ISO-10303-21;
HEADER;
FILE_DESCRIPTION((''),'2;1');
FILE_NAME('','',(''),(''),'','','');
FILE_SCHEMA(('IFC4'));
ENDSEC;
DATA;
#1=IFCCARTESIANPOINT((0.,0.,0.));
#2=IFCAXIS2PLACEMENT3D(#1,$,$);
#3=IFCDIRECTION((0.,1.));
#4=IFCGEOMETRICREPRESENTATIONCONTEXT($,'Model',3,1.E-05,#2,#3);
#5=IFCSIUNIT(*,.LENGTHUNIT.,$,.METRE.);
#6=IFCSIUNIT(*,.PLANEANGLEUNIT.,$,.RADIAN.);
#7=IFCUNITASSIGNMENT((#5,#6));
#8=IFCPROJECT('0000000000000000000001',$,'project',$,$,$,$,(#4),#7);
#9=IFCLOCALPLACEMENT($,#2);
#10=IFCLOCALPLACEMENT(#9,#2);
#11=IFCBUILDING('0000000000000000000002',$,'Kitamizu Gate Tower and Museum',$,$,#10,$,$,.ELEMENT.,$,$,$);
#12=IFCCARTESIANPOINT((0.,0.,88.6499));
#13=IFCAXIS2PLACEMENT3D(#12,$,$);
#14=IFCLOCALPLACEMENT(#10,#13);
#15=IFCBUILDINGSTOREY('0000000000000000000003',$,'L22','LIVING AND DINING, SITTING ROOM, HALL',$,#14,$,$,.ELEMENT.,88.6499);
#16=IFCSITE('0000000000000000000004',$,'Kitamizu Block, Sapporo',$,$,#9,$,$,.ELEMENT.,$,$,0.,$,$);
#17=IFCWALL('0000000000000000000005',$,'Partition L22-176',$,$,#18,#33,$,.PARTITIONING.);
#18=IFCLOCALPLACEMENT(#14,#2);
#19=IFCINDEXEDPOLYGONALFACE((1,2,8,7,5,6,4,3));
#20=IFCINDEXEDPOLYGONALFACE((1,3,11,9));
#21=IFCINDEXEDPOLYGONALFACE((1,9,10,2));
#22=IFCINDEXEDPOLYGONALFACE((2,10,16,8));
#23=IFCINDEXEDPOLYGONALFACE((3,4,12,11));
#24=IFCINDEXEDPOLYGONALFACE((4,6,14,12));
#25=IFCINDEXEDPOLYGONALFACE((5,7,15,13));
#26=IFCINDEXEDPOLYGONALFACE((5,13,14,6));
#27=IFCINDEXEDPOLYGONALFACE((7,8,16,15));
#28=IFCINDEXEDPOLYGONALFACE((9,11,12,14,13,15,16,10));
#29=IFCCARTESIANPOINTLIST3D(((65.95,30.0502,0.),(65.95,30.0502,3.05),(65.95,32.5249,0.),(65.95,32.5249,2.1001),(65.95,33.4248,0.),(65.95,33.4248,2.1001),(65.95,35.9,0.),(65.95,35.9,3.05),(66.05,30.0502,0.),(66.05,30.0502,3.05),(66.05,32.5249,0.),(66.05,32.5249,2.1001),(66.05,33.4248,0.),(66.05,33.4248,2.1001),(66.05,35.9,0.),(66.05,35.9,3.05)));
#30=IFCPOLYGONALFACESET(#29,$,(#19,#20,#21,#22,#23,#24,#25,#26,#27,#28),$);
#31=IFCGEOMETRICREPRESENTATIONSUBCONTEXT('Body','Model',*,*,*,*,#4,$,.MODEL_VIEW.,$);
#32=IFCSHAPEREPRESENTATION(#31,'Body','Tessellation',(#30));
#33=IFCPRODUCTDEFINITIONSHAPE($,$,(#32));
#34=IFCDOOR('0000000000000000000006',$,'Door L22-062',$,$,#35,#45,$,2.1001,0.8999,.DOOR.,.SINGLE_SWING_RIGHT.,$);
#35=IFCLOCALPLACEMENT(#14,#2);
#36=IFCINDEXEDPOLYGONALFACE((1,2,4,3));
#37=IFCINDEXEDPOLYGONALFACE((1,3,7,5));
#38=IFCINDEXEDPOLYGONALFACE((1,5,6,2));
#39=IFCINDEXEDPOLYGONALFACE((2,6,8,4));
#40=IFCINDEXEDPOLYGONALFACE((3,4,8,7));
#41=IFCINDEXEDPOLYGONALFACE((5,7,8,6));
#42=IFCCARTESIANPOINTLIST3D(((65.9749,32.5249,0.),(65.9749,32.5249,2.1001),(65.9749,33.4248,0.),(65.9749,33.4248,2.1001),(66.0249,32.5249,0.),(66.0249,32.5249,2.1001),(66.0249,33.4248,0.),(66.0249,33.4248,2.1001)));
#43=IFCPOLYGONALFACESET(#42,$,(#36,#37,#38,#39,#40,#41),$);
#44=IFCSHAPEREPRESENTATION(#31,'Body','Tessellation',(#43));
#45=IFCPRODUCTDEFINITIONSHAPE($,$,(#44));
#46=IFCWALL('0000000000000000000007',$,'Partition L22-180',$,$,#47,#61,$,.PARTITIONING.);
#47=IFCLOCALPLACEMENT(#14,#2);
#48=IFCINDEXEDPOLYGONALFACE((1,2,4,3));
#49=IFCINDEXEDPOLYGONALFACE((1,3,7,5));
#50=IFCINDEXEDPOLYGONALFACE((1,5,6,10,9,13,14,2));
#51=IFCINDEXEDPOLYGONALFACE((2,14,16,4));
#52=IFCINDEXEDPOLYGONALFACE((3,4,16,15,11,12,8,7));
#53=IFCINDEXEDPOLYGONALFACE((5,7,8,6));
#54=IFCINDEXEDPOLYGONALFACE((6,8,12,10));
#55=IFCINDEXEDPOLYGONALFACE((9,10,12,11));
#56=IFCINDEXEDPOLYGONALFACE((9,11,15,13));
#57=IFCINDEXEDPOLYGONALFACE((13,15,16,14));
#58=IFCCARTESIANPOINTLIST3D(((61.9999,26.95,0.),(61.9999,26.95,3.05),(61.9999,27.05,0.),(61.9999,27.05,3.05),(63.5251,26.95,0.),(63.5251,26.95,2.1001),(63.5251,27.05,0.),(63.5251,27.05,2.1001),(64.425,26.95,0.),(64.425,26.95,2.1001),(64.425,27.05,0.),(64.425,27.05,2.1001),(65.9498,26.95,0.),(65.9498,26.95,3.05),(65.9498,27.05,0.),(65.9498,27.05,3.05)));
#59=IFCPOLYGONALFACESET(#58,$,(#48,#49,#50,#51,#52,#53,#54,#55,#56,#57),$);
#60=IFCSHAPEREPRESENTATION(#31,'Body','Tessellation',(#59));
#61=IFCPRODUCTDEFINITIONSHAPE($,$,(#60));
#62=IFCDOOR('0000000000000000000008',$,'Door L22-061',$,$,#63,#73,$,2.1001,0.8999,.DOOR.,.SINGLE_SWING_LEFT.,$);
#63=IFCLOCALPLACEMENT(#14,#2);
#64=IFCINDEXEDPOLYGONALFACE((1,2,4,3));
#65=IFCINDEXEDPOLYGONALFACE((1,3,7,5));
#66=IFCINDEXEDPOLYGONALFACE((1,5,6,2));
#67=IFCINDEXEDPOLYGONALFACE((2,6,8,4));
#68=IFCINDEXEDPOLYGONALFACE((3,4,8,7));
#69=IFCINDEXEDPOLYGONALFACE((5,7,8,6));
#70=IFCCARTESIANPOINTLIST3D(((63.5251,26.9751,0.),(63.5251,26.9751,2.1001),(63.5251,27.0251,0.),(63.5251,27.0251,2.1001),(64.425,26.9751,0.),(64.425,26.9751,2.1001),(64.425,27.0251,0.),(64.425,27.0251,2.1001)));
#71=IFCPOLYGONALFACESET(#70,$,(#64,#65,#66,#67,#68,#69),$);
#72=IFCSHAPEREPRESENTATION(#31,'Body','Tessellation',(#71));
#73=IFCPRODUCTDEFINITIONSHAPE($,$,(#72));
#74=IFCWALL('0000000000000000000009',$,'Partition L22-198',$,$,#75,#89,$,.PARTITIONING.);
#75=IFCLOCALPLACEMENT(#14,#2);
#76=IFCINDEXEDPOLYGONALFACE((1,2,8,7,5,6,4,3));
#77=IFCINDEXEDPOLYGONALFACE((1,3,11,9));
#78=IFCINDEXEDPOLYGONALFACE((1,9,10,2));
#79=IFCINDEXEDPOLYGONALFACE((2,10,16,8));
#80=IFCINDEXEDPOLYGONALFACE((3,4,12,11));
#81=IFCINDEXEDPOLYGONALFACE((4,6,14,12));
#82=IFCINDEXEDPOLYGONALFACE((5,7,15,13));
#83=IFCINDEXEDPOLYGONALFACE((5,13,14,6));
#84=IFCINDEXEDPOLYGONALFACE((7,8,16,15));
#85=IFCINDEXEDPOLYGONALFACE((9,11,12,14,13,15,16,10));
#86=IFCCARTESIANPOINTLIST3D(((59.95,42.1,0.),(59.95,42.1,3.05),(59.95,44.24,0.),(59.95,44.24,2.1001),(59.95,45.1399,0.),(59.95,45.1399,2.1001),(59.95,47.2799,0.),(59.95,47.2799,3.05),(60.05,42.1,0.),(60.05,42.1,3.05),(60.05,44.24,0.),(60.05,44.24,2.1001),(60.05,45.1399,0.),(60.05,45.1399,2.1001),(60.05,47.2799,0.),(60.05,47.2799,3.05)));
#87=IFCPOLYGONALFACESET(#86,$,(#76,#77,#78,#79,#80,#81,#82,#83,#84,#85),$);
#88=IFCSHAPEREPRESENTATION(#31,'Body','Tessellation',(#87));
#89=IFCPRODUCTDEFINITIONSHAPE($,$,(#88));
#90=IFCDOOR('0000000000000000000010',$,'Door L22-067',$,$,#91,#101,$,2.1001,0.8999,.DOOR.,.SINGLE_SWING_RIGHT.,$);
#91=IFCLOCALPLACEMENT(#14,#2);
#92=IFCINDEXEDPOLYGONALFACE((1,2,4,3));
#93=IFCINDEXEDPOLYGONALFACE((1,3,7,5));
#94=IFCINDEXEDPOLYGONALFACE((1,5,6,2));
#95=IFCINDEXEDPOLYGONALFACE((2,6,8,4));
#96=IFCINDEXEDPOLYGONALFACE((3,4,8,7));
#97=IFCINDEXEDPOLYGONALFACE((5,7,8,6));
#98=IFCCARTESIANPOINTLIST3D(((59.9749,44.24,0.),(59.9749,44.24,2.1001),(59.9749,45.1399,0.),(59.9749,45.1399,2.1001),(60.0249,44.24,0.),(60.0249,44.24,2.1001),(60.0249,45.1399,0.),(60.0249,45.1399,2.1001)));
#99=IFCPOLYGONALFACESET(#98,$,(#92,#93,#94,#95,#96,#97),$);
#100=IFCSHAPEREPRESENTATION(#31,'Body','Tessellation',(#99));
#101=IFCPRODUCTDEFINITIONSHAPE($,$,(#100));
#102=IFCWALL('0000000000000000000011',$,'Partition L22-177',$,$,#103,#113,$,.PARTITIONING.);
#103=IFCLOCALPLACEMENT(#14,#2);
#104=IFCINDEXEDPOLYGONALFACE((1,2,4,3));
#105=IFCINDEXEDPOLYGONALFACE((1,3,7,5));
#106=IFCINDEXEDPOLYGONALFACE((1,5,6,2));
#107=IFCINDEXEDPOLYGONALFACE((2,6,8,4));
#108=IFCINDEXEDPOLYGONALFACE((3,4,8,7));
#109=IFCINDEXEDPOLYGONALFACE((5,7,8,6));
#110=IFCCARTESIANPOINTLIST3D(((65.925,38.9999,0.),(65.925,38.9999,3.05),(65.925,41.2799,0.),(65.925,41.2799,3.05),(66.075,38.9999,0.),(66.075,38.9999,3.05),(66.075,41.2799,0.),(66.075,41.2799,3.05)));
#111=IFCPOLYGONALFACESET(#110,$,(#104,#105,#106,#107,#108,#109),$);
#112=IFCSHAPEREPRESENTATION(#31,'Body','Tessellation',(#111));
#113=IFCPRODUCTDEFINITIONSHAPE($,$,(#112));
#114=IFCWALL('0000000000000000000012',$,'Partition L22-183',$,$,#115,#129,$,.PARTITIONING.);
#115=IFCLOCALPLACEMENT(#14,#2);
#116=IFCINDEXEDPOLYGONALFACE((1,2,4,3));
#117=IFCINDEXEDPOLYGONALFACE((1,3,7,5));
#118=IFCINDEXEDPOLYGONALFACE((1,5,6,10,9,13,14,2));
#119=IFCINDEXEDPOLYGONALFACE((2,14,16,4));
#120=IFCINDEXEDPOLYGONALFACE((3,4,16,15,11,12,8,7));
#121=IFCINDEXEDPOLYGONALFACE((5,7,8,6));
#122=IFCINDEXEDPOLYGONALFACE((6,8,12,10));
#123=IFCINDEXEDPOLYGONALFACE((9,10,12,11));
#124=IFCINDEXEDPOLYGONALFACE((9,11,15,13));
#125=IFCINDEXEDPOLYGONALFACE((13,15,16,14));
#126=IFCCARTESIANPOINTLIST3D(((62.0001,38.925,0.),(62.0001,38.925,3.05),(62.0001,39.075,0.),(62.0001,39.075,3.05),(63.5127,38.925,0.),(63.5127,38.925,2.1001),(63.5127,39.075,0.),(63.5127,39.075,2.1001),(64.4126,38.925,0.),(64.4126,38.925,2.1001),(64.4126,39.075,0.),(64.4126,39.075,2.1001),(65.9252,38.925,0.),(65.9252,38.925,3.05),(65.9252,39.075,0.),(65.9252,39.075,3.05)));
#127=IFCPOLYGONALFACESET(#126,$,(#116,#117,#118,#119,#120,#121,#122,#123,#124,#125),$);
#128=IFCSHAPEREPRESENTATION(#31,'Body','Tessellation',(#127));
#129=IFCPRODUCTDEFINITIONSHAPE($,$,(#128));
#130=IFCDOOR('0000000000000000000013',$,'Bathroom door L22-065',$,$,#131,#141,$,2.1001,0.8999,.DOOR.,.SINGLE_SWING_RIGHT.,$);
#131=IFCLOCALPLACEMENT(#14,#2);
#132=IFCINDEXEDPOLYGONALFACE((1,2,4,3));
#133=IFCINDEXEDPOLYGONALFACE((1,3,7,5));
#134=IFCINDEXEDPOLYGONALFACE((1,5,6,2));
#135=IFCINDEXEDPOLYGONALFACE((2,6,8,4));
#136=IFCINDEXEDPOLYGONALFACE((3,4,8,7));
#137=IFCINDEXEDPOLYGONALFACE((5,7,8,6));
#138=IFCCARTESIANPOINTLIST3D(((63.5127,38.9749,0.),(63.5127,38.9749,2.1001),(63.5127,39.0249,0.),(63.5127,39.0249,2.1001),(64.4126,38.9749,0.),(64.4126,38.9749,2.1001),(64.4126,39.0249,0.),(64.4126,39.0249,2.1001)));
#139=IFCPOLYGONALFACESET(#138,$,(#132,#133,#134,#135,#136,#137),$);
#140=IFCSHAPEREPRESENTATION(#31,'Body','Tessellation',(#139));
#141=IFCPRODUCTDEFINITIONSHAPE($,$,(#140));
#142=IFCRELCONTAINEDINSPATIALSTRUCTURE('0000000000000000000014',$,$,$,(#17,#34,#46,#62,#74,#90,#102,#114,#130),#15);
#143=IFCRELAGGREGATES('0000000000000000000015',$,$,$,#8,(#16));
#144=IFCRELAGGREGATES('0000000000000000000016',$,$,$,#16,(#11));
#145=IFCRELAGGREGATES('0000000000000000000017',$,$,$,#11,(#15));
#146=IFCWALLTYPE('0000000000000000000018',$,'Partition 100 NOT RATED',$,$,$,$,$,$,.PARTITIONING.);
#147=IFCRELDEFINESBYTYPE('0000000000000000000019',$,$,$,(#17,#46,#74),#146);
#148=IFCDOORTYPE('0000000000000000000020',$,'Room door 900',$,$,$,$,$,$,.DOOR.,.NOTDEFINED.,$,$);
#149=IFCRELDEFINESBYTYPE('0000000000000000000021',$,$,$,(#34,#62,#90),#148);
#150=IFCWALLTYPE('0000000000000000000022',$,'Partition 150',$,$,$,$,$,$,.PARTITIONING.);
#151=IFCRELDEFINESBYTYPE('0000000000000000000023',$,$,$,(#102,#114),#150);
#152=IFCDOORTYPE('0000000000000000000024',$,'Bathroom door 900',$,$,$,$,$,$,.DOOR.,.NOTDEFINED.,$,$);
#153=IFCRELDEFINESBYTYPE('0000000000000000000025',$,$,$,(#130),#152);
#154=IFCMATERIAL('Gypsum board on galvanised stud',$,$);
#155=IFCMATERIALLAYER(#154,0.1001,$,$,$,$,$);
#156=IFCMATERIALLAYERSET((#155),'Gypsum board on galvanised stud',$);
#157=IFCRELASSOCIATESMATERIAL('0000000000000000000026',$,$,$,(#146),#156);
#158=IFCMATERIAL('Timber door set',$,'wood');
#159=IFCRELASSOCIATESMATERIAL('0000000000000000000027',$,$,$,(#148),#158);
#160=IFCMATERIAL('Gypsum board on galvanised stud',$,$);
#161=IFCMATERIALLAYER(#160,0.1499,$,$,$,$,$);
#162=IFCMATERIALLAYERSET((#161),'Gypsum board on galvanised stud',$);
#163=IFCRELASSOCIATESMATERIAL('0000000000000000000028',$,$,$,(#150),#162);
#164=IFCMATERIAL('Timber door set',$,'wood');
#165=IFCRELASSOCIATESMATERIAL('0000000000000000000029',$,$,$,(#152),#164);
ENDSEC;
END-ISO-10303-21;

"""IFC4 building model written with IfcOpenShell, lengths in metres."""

from ifc_helpers import new_model, si_unit, direction, frame, frame_2d, origin, place, context, subcontext, project, spatial, rectangle, extrude, material, layer, layer_set, type_object, element, fill, save


model = new_model("IFC4")

# Units and contexts
model_context = context("Model", 3, precision=1e-05, world=origin(), true_north=direction((0.0, 1.0)))
body_context = subcontext(model_context, "Body", "Model", "MODEL_VIEW")
ifc_project = project(units=[si_unit("LENGTHUNIT", "METRE"), si_unit("PLANEANGLEUNIT", "RADIAN")], contexts=[model_context])

# Site, building, storey
site_placement = place(None, origin())
site = spatial("IfcSite", under=ifc_project, at=site_placement, Name="Kitamizu Block, Sapporo", CompositionType="ELEMENT", RefElevation=0.0)
building_placement = place(site_placement, origin())
building = spatial("IfcBuilding", under=site, at=building_placement, Name="Kitamizu Gate Tower and Museum", CompositionType="ELEMENT")
storey_placement = place(building_placement, frame((0.0, 0.0, 88.6499)))
storey = spatial("IfcBuildingStorey", under=building, at=storey_placement, Name="L22", Description="LIVING AND DINING, SITTING ROOM, HALL", CompositionType="ELEMENT", Elevation=88.6499)

# Shared definitions
ifc_material_1 = material(Name="Gypsum board on galvanised stud")
ifc_layer_1 = layer(ifc_material_1, 0.1001)
ifc_layer_set_1 = layer_set([ifc_layer_1], Name="Gypsum board on galvanised stud")
wall_type_1 = type_object("IfcWallType", Name="Partition 100 NOT RATED", PredefinedType="PARTITIONING", material=ifc_layer_set_1)

# Walls, openings, doors
wall_1_placement = place(storey_placement, frame((66.0, 35.8999, 0.0), z_axis=(0.0, 0.0, 1.0), x_axis=(0.0, -1.0, 0.0)))
wall_1 = element("IfcWall", 1, at=wall_1_placement, inside=storey, type_object=wall_type_1, Name="Partition L22-176", PredefinedType="PARTITIONING", context=body_context, shape_type="SweptSolid", body=[
    extrude(rectangle(XDim=5.8499, YDim=0.1001, at=frame_2d((2.9248, 0.0))), origin(), (0.0, 0.0, 1.0), 3.05),
])
opening_1_placement = place(wall_1_placement, frame((2.4751, 0.0, 0.0)))
opening_1 = element("IfcOpeningElement", 2, at=opening_1_placement, cuts=wall_1, PredefinedType="OPENING", context=body_context, shape_type="SweptSolid", body=[
    extrude(rectangle(XDim=0.8999, YDim=2.1001, at=frame_2d((0.45, 1.05))), frame((0.0, 0.0601, 0.0), z_axis=(0.0, -1.0, 0.0), x_axis=(1.0, 0.0, 0.0)), (0.0, 0.0, 1.0), 0.1201),
])
ifc_material_2 = material(Name="Timber door set", Category="wood")
door_type_1 = type_object("IfcDoorType", Name="Room door 900", OperationType="NOTDEFINED", PredefinedType="DOOR", material=ifc_material_2)
door_1_placement = place(opening_1_placement, origin())
door_1 = element("IfcDoor", 3, at=door_1_placement, inside=storey, type_object=door_type_1, Name="Door L22-062", OperationType="SINGLE_SWING_RIGHT", OverallHeight=2.1001, OverallWidth=0.8999, PredefinedType="DOOR", context=body_context, shape_type="SweptSolid", body=[
    extrude(rectangle(XDim=0.8999, YDim=2.1001, at=frame_2d((0.45, 1.05))), frame((0.0, 0.0249, 0.0), z_axis=(0.0, -1.0, 0.0), x_axis=(1.0, 0.0, 0.0)), (0.0, 0.0, 1.0), 0.05),
])
fill(opening_1, door_1)
wall_2_placement = place(storey_placement, frame((65.95, 27.0, 0.0), z_axis=(0.0, 0.0, 1.0), x_axis=(-1.0, 0.0, 0.0)))
wall_2 = element("IfcWall", 4, at=wall_2_placement, inside=storey, type_object=wall_type_1, Name="Partition L22-180", PredefinedType="PARTITIONING", context=body_context, shape_type="SweptSolid", body=[
    extrude(rectangle(XDim=3.95, YDim=0.1001, at=frame_2d((1.9751, 0.0))), origin(), (0.0, 0.0, 1.0), 3.05),
])
opening_2_placement = place(wall_2_placement, frame((1.5249, 0.0, 0.0)))
opening_2 = element("IfcOpeningElement", 5, at=opening_2_placement, cuts=wall_2, PredefinedType="OPENING", context=body_context, shape_type="SweptSolid", body=[
    extrude(rectangle(XDim=0.8999, YDim=2.1001, at=frame_2d((0.45, 1.05))), frame((0.0, 0.0601, 0.0), z_axis=(0.0, -1.0, 0.0), x_axis=(1.0, 0.0, 0.0)), (0.0, 0.0, 1.0), 0.1201),
])
door_2_placement = place(opening_2_placement, origin())
door_2 = element("IfcDoor", 6, at=door_2_placement, inside=storey, type_object=door_type_1, Name="Door L22-061", OperationType="SINGLE_SWING_LEFT", OverallHeight=2.1001, OverallWidth=0.8999, PredefinedType="DOOR", context=body_context, shape_type="SweptSolid", body=[
    extrude(rectangle(XDim=0.8999, YDim=2.1001, at=frame_2d((0.45, 1.05))), frame((0.0, 0.0249, 0.0), z_axis=(0.0, -1.0, 0.0), x_axis=(1.0, 0.0, 0.0)), (0.0, 0.0, 1.0), 0.05),
])
fill(opening_2, door_2)
wall_3_placement = place(storey_placement, frame((60.0, 42.1001, 0.0), z_axis=(0.0, 0.0, 1.0), x_axis=(0.0, 1.0, 0.0)))
wall_3 = element("IfcWall", 7, at=wall_3_placement, inside=storey, type_object=wall_type_1, Name="Partition L22-198", PredefinedType="PARTITIONING", context=body_context, shape_type="SweptSolid", body=[
    extrude(rectangle(XDim=5.1799, YDim=0.1001, at=frame_2d((2.5898, 0.0))), origin(), (0.0, 0.0, 1.0), 3.05),
])
opening_3_placement = place(wall_3_placement, frame((2.1399, 0.0, 0.0)))
opening_3 = element("IfcOpeningElement", 8, at=opening_3_placement, cuts=wall_3, PredefinedType="OPENING", context=body_context, shape_type="SweptSolid", body=[
    extrude(rectangle(XDim=0.8999, YDim=2.1001, at=frame_2d((0.45, 1.05))), frame((0.0, 0.0601, 0.0), z_axis=(0.0, -1.0, 0.0), x_axis=(1.0, 0.0, 0.0)), (0.0, 0.0, 1.0), 0.1201),
])
door_3_placement = place(opening_3_placement, frame((0.8999, 0.0, 0.0), x_axis=(-1.0, 0.0, 0.0)))
door_3 = element("IfcDoor", 9, at=door_3_placement, inside=storey, type_object=door_type_1, Name="Door L22-067", OperationType="SINGLE_SWING_RIGHT", OverallHeight=2.1001, OverallWidth=0.8999, PredefinedType="DOOR", context=body_context, shape_type="SweptSolid", body=[
    extrude(rectangle(XDim=0.8999, YDim=2.1001, at=frame_2d((0.45, 1.05))), frame((0.0, 0.0249, 0.0), z_axis=(0.0, -1.0, 0.0), x_axis=(1.0, 0.0, 0.0)), (0.0, 0.0, 1.0), 0.05),
])
fill(opening_3, door_3)

# Wall
ifc_material_3 = material(Name="Gypsum board on galvanised stud")
ifc_layer_2 = layer(ifc_material_3, 0.1499)
ifc_layer_set_2 = layer_set([ifc_layer_2], Name="Gypsum board on galvanised stud")
wall_type_2 = type_object("IfcWallType", Name="Partition 150", PredefinedType="PARTITIONING", material=ifc_layer_set_2)
wall_4_placement = place(storey_placement, frame((66.0, 41.28, 0.0), z_axis=(0.0, 0.0, 1.0), x_axis=(0.0, -1.0, 0.0)))
element("IfcWall", 10, at=wall_4_placement, inside=storey, type_object=wall_type_2, Name="Partition L22-177", PredefinedType="PARTITIONING", context=body_context, shape_type="SweptSolid", body=[
    extrude(rectangle(XDim=2.28, YDim=0.1499, at=frame_2d((1.1401, 0.0))), origin(), (0.0, 0.0, 1.0), 3.05),
])

# Wall, opening, door
wall_5_placement = place(storey_placement, frame((65.925, 39.0, 0.0), z_axis=(0.0, 0.0, 1.0), x_axis=(-1.0, 0.0, 0.0)))
wall_5 = element("IfcWall", 11, at=wall_5_placement, inside=storey, type_object=wall_type_2, Name="Partition L22-183", PredefinedType="PARTITIONING", context=body_context, shape_type="SweptSolid", body=[
    extrude(rectangle(XDim=3.925, YDim=0.1499, at=frame_2d((1.9624, 0.0))), origin(), (0.0, 0.0, 1.0), 3.05),
])
opening_4_placement = place(wall_5_placement, frame((1.5125, 0.0, 0.0)))
opening_4 = element("IfcOpeningElement", 12, at=opening_4_placement, cuts=wall_5, PredefinedType="OPENING", context=body_context, shape_type="SweptSolid", body=[
    extrude(rectangle(XDim=0.8999, YDim=2.1001, at=frame_2d((0.45, 1.05))), frame((0.0, 0.085, 0.0), z_axis=(0.0, -1.0, 0.0), x_axis=(1.0, 0.0, 0.0)), (0.0, 0.0, 1.0), 0.1699),
])
ifc_material_4 = material(Name="Timber door set", Category="wood")
door_type_2 = type_object("IfcDoorType", Name="Bathroom door 900", OperationType="NOTDEFINED", PredefinedType="DOOR", material=ifc_material_4)
door_4_placement = place(opening_4_placement, frame((0.8999, 0.0, 0.0), x_axis=(-1.0, 0.0, 0.0)))
door_4 = element("IfcDoor", 13, at=door_4_placement, inside=storey, type_object=door_type_2, Name="Bathroom door L22-065", OperationType="SINGLE_SWING_RIGHT", OverallHeight=2.1001, OverallWidth=0.8999, PredefinedType="DOOR", context=body_context, shape_type="SweptSolid", body=[
    extrude(rectangle(XDim=0.8999, YDim=2.1001, at=frame_2d((0.45, 1.05))), frame((0.0, 0.0249, 0.0), z_axis=(0.0, -1.0, 0.0), x_axis=(1.0, 0.0, 0.0)), (0.0, 0.0, 1.0), 0.05),
])
fill(opening_4, door_4)

save(model, "model.ifc")
